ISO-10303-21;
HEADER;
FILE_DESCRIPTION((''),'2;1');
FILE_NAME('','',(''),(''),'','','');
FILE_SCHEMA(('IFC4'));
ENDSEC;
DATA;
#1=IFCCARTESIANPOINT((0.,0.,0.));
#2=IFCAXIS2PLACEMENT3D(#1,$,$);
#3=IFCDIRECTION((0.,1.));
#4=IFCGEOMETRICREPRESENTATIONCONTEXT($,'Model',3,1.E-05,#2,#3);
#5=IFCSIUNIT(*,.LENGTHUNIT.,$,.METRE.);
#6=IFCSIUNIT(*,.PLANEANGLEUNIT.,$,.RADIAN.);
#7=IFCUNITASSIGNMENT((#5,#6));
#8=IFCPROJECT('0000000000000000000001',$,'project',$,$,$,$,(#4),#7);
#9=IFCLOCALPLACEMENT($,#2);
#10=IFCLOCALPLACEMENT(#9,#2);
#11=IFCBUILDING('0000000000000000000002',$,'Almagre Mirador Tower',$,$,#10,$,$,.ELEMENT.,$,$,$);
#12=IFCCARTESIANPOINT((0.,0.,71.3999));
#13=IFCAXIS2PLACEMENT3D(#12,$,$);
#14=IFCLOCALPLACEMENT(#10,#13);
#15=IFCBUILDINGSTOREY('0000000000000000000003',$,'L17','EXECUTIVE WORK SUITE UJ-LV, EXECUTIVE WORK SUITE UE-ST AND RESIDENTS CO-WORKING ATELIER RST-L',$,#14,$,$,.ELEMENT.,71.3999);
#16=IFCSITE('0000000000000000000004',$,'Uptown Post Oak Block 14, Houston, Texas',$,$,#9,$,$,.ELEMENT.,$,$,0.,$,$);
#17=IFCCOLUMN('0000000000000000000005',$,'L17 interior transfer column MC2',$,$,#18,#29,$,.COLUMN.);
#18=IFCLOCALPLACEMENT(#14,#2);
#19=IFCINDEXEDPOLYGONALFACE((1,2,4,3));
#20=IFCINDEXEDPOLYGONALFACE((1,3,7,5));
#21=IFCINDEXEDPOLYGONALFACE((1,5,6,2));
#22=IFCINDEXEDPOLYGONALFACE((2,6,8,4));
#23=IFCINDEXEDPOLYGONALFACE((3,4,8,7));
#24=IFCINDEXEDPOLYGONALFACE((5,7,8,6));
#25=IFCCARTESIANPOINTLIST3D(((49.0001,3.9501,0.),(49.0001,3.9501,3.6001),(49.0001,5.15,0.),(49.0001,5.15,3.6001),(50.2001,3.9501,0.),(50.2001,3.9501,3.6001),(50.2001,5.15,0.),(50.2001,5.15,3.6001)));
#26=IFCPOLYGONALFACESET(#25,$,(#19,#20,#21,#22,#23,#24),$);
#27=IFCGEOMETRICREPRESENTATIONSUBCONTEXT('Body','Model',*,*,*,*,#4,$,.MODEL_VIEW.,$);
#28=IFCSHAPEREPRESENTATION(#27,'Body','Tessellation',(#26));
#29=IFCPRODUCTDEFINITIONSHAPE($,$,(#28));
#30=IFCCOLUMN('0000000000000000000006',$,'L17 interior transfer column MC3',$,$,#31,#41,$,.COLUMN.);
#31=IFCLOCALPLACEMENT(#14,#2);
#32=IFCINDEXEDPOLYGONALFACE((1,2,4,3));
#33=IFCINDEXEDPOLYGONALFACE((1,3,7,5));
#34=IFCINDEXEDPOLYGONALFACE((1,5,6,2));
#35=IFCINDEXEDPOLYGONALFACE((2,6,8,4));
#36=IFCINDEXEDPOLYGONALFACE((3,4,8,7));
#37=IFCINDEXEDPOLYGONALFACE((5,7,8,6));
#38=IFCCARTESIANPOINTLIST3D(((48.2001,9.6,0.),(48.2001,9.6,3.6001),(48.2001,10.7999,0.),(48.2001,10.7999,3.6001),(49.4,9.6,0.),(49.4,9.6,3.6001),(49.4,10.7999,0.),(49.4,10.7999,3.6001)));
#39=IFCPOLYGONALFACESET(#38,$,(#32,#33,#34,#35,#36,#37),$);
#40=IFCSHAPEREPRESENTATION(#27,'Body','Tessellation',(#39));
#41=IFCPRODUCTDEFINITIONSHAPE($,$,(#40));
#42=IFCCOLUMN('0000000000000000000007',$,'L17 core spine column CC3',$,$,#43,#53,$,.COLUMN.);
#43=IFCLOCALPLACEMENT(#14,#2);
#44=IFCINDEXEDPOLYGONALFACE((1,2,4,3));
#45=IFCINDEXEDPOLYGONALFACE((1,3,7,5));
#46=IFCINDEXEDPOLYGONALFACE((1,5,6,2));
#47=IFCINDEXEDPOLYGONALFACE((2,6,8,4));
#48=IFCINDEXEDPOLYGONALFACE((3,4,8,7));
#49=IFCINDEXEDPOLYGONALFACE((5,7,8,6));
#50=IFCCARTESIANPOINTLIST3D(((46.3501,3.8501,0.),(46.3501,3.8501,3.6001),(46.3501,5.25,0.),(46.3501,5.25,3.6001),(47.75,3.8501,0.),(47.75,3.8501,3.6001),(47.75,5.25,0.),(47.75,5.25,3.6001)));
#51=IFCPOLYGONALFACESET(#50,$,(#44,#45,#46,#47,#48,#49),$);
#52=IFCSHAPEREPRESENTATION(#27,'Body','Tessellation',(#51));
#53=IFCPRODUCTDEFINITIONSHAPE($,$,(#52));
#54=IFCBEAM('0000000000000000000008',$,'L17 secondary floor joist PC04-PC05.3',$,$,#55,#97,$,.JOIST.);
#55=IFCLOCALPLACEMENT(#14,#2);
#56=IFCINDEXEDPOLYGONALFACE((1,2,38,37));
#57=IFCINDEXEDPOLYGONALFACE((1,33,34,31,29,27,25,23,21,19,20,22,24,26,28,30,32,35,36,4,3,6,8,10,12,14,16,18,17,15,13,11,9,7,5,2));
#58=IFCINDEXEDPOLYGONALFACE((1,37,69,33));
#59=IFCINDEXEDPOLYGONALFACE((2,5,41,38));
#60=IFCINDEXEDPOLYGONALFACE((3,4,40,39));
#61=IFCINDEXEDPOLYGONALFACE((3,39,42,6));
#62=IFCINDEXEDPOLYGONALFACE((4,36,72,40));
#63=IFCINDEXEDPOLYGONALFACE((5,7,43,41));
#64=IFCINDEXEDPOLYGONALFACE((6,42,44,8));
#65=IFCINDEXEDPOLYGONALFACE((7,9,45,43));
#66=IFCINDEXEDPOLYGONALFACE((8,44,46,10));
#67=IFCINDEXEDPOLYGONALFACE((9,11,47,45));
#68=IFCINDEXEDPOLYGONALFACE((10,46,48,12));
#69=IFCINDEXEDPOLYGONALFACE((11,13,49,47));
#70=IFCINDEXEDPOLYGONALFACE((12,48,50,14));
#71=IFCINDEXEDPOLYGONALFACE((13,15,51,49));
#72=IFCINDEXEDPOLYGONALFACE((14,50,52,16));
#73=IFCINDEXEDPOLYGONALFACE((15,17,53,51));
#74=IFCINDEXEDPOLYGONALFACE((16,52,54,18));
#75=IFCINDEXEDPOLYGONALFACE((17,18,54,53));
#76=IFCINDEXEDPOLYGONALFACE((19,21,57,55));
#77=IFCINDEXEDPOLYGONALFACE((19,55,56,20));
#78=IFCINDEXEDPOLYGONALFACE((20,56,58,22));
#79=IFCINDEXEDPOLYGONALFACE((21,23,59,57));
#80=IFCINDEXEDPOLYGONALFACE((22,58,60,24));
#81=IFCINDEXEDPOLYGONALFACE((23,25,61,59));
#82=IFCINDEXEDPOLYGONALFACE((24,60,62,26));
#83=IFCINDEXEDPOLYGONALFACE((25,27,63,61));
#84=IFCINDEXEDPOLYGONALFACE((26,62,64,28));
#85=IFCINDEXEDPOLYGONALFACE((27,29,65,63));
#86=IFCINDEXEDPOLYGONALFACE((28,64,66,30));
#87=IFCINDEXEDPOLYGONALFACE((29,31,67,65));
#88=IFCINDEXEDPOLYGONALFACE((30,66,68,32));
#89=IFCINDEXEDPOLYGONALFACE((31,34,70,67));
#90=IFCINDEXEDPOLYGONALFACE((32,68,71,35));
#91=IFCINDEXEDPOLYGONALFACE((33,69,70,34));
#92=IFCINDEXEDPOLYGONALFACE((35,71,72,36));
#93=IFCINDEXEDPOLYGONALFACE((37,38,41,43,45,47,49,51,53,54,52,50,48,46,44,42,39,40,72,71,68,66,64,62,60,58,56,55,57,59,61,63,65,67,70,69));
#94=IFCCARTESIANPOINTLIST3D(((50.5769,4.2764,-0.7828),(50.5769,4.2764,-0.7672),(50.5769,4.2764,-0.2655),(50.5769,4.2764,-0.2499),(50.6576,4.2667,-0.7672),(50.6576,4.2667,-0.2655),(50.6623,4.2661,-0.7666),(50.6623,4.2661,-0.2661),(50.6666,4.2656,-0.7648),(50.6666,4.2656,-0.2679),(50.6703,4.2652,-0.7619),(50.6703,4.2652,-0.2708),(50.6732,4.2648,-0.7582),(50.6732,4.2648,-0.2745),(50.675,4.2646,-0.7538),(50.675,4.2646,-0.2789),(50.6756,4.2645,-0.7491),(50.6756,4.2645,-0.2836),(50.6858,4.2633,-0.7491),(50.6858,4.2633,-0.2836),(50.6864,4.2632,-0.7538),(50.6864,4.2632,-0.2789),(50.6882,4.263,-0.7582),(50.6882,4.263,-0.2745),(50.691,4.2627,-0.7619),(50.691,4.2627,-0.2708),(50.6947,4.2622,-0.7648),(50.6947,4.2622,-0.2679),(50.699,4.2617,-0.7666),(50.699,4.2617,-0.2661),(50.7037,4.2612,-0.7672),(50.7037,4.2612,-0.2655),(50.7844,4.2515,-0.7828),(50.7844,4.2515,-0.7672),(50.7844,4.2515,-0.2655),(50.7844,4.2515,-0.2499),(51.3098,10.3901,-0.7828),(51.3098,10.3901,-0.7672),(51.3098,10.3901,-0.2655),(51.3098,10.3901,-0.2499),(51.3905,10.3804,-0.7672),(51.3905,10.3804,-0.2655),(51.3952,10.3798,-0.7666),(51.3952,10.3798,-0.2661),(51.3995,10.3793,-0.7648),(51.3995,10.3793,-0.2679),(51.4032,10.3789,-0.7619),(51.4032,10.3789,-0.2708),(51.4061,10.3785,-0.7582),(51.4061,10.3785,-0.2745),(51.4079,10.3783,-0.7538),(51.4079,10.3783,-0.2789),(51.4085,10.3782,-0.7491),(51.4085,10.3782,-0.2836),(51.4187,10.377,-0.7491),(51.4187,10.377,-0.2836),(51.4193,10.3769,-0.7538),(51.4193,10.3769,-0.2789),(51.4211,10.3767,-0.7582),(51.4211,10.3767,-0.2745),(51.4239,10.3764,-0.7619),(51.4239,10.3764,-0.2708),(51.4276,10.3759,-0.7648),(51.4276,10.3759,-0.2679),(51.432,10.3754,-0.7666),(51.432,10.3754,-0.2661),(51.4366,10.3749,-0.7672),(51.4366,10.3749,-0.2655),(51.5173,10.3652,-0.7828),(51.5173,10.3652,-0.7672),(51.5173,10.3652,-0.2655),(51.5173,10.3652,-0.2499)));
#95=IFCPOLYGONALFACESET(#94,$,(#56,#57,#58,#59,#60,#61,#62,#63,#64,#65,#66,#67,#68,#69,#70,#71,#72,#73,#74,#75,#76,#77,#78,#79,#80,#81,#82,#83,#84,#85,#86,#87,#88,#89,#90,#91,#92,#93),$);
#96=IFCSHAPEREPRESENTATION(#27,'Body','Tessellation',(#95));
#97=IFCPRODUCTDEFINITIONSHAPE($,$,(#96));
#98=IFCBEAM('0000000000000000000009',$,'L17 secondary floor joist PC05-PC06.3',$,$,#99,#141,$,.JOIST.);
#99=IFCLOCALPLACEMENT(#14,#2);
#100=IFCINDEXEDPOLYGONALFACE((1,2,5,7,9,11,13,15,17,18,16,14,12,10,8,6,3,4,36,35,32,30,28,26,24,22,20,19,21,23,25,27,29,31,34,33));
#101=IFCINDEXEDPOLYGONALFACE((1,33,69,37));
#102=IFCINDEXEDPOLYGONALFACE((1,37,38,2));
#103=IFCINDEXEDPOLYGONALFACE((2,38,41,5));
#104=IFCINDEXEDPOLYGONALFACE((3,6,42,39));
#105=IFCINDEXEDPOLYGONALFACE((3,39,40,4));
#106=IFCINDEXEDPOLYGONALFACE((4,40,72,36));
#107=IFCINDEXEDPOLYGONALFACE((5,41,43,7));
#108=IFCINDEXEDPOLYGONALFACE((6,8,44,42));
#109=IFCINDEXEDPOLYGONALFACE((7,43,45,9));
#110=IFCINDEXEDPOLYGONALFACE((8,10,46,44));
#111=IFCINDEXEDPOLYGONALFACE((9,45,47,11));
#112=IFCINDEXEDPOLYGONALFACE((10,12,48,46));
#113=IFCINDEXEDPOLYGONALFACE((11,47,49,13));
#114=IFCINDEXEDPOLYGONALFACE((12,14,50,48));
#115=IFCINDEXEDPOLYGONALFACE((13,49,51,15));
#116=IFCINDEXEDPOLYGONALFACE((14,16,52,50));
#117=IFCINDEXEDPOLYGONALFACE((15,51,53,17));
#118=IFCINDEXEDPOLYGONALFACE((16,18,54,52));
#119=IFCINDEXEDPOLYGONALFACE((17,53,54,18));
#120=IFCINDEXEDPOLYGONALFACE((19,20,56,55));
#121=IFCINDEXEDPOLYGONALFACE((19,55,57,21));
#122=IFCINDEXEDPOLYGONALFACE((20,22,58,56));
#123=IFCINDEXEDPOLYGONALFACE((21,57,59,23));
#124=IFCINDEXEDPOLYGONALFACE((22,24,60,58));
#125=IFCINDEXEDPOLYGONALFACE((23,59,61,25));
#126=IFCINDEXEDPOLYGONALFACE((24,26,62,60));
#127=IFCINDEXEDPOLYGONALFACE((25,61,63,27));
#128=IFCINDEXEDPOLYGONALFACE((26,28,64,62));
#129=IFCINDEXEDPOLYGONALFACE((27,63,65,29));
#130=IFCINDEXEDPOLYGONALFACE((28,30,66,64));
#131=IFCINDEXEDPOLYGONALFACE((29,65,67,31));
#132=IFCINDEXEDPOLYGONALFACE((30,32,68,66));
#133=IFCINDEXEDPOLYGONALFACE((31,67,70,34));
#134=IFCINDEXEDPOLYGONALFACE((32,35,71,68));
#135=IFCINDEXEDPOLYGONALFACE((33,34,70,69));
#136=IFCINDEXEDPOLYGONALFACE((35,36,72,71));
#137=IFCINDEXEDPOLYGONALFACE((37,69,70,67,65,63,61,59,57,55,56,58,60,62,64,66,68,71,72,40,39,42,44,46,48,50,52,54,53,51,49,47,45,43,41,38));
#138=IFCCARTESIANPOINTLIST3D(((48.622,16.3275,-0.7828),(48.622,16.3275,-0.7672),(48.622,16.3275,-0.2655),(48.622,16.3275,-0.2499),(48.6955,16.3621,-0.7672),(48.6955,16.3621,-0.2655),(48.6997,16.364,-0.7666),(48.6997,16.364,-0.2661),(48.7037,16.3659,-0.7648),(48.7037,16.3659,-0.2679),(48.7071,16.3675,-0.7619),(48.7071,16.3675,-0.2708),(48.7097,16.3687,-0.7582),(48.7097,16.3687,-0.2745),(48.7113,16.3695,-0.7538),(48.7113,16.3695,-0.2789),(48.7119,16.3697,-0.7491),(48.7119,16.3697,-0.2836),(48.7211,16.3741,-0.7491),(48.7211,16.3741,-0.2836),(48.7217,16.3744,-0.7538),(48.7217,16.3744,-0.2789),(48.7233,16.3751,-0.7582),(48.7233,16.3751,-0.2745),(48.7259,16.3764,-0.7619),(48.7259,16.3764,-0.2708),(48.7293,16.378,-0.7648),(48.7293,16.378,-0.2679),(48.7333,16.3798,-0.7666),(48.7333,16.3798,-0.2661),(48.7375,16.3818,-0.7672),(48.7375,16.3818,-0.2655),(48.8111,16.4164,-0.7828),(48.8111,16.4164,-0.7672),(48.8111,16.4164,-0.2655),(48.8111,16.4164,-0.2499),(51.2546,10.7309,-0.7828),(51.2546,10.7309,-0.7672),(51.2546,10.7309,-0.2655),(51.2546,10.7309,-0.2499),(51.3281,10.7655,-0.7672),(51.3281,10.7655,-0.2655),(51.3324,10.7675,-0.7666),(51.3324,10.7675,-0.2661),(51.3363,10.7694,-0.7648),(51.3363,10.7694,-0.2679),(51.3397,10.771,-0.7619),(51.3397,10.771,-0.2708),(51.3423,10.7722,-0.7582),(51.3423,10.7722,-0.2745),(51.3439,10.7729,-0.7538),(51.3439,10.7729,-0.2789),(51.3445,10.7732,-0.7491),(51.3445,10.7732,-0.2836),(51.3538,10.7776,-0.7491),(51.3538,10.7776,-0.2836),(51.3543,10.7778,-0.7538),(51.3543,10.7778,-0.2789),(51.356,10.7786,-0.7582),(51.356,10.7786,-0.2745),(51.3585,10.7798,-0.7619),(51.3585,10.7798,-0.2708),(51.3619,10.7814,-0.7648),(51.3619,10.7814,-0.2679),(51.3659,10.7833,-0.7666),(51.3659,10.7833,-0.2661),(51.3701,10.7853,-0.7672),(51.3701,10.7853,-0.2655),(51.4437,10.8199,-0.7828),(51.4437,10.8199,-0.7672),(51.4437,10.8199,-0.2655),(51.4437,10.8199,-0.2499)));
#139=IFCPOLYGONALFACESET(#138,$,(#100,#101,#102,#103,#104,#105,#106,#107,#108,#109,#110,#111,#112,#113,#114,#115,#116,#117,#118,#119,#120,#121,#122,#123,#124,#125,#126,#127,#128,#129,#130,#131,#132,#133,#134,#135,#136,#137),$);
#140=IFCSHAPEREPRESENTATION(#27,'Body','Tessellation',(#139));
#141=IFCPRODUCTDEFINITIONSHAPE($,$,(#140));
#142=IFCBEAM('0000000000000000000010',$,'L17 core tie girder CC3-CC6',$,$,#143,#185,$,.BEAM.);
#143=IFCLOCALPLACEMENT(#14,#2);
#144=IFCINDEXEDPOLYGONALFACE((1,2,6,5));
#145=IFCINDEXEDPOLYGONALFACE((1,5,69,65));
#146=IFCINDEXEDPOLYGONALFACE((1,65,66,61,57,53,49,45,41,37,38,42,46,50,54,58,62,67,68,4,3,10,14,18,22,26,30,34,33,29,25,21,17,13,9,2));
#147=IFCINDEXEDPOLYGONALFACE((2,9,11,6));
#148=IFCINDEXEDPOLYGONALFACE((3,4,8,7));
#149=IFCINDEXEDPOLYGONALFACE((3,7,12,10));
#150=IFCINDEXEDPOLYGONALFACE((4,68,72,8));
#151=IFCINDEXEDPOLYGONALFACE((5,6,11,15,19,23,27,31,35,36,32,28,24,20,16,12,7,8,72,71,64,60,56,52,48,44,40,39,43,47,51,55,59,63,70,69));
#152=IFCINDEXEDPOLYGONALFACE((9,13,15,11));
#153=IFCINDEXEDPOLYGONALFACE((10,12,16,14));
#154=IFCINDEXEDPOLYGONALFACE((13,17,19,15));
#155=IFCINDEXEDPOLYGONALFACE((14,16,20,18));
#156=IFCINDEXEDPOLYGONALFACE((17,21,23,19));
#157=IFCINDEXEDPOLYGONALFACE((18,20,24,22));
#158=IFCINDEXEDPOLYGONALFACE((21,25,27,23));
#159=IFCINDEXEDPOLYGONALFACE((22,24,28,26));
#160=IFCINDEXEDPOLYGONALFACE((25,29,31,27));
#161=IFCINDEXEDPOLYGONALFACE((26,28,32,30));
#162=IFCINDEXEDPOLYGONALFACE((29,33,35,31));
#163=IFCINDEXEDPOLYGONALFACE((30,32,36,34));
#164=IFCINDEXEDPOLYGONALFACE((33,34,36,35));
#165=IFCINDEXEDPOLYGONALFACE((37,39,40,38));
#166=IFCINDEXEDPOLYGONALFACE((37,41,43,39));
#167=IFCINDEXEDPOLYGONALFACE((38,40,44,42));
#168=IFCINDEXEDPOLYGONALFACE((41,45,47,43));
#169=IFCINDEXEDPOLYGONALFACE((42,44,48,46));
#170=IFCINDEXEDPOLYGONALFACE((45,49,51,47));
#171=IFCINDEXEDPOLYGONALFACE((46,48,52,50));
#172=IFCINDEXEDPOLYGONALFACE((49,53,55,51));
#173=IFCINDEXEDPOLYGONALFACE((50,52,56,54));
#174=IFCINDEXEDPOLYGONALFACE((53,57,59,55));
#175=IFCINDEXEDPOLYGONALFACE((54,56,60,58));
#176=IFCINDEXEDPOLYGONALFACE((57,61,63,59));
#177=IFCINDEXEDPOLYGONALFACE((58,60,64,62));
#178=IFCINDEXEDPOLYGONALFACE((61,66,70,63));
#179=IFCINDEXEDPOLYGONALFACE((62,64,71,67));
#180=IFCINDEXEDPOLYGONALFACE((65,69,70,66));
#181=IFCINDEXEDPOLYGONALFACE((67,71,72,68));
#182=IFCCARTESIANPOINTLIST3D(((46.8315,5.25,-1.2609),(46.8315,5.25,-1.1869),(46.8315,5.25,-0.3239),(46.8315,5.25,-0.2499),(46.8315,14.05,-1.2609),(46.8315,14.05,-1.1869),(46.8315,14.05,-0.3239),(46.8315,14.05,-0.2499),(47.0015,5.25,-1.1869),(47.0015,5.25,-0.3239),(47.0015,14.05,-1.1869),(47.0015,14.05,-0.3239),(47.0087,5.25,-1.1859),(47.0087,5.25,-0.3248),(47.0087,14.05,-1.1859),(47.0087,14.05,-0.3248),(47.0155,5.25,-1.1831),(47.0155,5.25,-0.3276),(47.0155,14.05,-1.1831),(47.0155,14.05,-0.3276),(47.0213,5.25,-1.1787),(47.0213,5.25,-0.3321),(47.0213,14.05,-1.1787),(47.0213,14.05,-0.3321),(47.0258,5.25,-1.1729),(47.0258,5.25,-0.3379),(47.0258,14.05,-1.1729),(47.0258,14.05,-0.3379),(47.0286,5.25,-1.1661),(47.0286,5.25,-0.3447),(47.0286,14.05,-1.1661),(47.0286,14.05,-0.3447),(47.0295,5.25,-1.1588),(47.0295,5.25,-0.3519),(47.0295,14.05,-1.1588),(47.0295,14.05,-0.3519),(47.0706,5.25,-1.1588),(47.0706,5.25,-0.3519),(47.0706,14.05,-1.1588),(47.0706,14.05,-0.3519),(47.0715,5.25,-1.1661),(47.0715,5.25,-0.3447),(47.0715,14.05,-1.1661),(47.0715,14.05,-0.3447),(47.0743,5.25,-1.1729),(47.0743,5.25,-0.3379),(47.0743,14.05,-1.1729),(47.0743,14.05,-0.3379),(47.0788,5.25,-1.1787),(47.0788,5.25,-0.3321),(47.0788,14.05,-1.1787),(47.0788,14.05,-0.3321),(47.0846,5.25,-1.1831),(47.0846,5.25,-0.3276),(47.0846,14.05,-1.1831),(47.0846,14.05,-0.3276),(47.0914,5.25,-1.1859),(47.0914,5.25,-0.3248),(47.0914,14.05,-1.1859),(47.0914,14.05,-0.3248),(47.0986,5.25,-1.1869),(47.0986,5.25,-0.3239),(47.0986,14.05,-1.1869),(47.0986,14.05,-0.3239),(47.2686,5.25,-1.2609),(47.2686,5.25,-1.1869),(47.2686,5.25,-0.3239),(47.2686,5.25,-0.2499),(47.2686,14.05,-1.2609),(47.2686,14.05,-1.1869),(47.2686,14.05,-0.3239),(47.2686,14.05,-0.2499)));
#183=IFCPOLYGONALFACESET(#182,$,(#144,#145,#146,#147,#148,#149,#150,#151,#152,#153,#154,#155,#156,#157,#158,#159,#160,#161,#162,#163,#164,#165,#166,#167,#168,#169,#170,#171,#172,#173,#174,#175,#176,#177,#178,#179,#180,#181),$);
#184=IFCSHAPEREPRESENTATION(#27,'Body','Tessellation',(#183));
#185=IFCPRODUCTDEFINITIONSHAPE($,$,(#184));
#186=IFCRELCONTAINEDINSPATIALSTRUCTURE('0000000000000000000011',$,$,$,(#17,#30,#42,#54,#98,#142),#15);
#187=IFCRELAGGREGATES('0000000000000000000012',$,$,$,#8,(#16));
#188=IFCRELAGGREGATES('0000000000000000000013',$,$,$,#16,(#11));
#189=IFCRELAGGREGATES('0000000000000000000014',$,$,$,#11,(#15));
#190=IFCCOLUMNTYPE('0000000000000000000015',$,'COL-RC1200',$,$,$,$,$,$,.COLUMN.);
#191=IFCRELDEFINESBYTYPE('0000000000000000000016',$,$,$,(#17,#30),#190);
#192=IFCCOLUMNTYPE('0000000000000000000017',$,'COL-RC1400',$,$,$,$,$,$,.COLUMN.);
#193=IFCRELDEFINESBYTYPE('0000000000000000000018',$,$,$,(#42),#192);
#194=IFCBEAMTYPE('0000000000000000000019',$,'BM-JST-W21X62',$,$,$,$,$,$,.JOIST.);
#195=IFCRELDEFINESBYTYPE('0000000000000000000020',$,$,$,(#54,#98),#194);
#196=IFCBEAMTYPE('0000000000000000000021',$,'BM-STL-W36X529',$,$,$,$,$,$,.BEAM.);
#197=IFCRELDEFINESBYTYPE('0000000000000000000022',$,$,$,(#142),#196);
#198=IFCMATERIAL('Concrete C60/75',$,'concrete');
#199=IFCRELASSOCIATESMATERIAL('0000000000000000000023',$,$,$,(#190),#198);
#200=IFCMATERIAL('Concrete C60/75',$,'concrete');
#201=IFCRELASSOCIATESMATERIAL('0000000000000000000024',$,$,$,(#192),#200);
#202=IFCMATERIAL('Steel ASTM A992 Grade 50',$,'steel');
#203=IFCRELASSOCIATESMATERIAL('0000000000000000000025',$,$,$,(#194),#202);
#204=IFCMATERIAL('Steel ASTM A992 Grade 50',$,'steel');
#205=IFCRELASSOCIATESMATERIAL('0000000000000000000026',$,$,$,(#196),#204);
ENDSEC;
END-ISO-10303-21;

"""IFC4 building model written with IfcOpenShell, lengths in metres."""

from ifc_helpers import new_model, si_unit, direction, frame, origin, origin_2d, place, context, subcontext, project, spatial, rectangle, i_section, extrude, material, material_profile, profile_set, type_object, element, save


model = new_model("IFC4")

# Units and contexts
model_context = context("Model", 3, precision=1e-05, world=origin(), true_north=direction((0.0, 1.0)))
body_context = subcontext(model_context, "Body", "Model", "MODEL_VIEW")
ifc_project = project(units=[si_unit("LENGTHUNIT", "METRE"), si_unit("PLANEANGLEUNIT", "RADIAN")], contexts=[model_context])

# Site, building, storey
site_placement = place(None, origin())
site = spatial("IfcSite", under=ifc_project, at=site_placement, Name="Uptown Post Oak Block 14, Houston, Texas", CompositionType="ELEMENT", RefElevation=0.0)
building_placement = place(site_placement, origin())
building = spatial("IfcBuilding", under=site, at=building_placement, Name="Almagre Mirador Tower", CompositionType="ELEMENT")
storey_placement = place(building_placement, frame((0.0, 0.0, 71.3999)))
storey = spatial("IfcBuildingStorey", under=building, at=storey_placement, Name="L17", Description="EXECUTIVE WORK SUITE UJ-LV, EXECUTIVE WORK SUITE UE-ST AND RESIDENTS CO-WORKING ATELIER RST-L", CompositionType="ELEMENT", Elevation=71.3999)

# Columns
ifc_material_1 = material(Name="Concrete C60/75", Category="concrete")
ifc_material_profile_1 = material_profile(ifc_material_1, rectangle(XDim=1.2, YDim=1.2, at=origin_2d()), Name="RC1200X1200")
ifc_profile_set_1 = profile_set([ifc_material_profile_1], Name="Concrete C60/75")
column_type_1 = type_object("IfcColumnType", Name="COL-RC1200", PredefinedType="COLUMN", material=ifc_profile_set_1)
for number, where, z_axis, x_axis, name in (
    (1, (49.6001, 4.55, 0.0), (0.0, 0.0, 1.0), (1.0, 0.0, 0.0), "L17 interior transfer column MC2"),
    (2, (48.8, 10.2, 0.0), (0.0, 0.0, 1.0), (1.0, 0.0, 0.0), "L17 interior transfer column MC3"),
):
    element("IfcColumn", number, at=place(storey_placement, frame(where, z_axis=z_axis, x_axis=x_axis)), inside=storey, type_object=column_type_1, Name=name, PredefinedType="COLUMN", context=body_context, shape_type="SweptSolid", body=[
        extrude(rectangle(XDim=1.2, YDim=1.2, at=origin_2d()), origin(), (0.0, 0.0, 1.0), 3.6001),
    ])
ifc_material_2 = material(Name="Concrete C60/75", Category="concrete")
ifc_material_profile_2 = material_profile(ifc_material_2, rectangle(XDim=1.3999, YDim=1.3999, at=origin_2d()), Name="RC1400X1400")
ifc_profile_set_2 = profile_set([ifc_material_profile_2], Name="Concrete C60/75")
column_type_2 = type_object("IfcColumnType", Name="COL-RC1400", PredefinedType="COLUMN", material=ifc_profile_set_2)
column_placement = place(storey_placement, frame((47.05, 4.55, 0.0), z_axis=(0.0, 0.0, 1.0), x_axis=(1.0, 0.0, 0.0)))
element("IfcColumn", 3, at=column_placement, inside=storey, type_object=column_type_2, Name="L17 core spine column CC3", PredefinedType="COLUMN", context=body_context, shape_type="SweptSolid", body=[
    extrude(rectangle(XDim=1.3999, YDim=1.3999, at=origin_2d()), origin(), (0.0, 0.0, 1.0), 3.6001),
])

# Beams
ifc_material_3 = material(Name="Steel ASTM A992 Grade 50", Category="steel")
ifc_material_profile_3 = material_profile(ifc_material_3, i_section(OverallWidth=0.209, OverallDepth=0.533, WebThickness=0.0103, FlangeThickness=0.0156, FilletRadius=0.0181, at=origin_2d()), Name="W21X62")
ifc_profile_set_3 = profile_set([ifc_material_profile_3], Name="Steel ASTM A992 Grade 50")
beam_type_1 = type_object("IfcBeamType", Name="BM-JST-W21X62", PredefinedType="JOIST", material=ifc_profile_set_3)
beam_1_placement = place(storey_placement, frame((50.6807, 4.2639, -0.5164), z_axis=(0.119026, 0.992891, 0.0), x_axis=(-0.992891, 0.119026, 0.0)))
element("IfcBeam", 4, at=beam_1_placement, inside=storey, type_object=beam_type_1, Name="L17 secondary floor joist PC04-PC05.3", PredefinedType="JOIST", context=body_context, shape_type="SweptSolid", body=[
    extrude(i_section(OverallWidth=0.209, OverallDepth=0.533, WebThickness=0.0103, FlangeThickness=0.0156, FilletRadius=0.0181, at=origin_2d()), origin(), (0.0, 0.0, 1.0), 6.1575),
])
beam_2_placement = place(storey_placement, frame((51.3491, 10.7754, -0.5164), z_axis=(-0.425658, 0.904884, 0.0), x_axis=(-0.904884, -0.425658, 0.0)))
element("IfcBeam", 5, at=beam_2_placement, inside=storey, type_object=beam_type_1, Name="L17 secondary floor joist PC05-PC06.3", PredefinedType="JOIST", context=body_context, shape_type="SweptSolid", body=[
    extrude(i_section(OverallWidth=0.209, OverallDepth=0.533, WebThickness=0.0103, FlangeThickness=0.0156, FilletRadius=0.0181, at=origin_2d()), origin(), (0.0, 0.0, 1.0), 6.1848),
])
ifc_material_4 = material(Name="Steel ASTM A992 Grade 50", Category="steel")
ifc_material_profile_4 = material_profile(ifc_material_4, i_section(OverallWidth=0.437, OverallDepth=1.011, WebThickness=0.041, FlangeThickness=0.074, FilletRadius=0.0281, at=origin_2d()), Name="W36X529")
ifc_profile_set_4 = profile_set([ifc_material_profile_4], Name="Steel ASTM A992 Grade 50")
beam_type_2 = type_object("IfcBeamType", Name="BM-STL-W36X529", PredefinedType="BEAM", material=ifc_profile_set_4)
beam_3_placement = place(storey_placement, frame((47.05, 5.25, -0.7554), z_axis=(0.0, 1.0, 0.0), x_axis=(-1.0, 0.0, 0.0)))
element("IfcBeam", 6, at=beam_3_placement, inside=storey, type_object=beam_type_2, Name="L17 core tie girder CC3-CC6", PredefinedType="BEAM", context=body_context, shape_type="SweptSolid", body=[
    extrude(i_section(OverallWidth=0.437, OverallDepth=1.011, WebThickness=0.041, FlangeThickness=0.074, FilletRadius=0.0281, at=origin_2d()), origin(), (0.0, 0.0, 1.0), 8.8),
])

save(model, "model.ifc")
